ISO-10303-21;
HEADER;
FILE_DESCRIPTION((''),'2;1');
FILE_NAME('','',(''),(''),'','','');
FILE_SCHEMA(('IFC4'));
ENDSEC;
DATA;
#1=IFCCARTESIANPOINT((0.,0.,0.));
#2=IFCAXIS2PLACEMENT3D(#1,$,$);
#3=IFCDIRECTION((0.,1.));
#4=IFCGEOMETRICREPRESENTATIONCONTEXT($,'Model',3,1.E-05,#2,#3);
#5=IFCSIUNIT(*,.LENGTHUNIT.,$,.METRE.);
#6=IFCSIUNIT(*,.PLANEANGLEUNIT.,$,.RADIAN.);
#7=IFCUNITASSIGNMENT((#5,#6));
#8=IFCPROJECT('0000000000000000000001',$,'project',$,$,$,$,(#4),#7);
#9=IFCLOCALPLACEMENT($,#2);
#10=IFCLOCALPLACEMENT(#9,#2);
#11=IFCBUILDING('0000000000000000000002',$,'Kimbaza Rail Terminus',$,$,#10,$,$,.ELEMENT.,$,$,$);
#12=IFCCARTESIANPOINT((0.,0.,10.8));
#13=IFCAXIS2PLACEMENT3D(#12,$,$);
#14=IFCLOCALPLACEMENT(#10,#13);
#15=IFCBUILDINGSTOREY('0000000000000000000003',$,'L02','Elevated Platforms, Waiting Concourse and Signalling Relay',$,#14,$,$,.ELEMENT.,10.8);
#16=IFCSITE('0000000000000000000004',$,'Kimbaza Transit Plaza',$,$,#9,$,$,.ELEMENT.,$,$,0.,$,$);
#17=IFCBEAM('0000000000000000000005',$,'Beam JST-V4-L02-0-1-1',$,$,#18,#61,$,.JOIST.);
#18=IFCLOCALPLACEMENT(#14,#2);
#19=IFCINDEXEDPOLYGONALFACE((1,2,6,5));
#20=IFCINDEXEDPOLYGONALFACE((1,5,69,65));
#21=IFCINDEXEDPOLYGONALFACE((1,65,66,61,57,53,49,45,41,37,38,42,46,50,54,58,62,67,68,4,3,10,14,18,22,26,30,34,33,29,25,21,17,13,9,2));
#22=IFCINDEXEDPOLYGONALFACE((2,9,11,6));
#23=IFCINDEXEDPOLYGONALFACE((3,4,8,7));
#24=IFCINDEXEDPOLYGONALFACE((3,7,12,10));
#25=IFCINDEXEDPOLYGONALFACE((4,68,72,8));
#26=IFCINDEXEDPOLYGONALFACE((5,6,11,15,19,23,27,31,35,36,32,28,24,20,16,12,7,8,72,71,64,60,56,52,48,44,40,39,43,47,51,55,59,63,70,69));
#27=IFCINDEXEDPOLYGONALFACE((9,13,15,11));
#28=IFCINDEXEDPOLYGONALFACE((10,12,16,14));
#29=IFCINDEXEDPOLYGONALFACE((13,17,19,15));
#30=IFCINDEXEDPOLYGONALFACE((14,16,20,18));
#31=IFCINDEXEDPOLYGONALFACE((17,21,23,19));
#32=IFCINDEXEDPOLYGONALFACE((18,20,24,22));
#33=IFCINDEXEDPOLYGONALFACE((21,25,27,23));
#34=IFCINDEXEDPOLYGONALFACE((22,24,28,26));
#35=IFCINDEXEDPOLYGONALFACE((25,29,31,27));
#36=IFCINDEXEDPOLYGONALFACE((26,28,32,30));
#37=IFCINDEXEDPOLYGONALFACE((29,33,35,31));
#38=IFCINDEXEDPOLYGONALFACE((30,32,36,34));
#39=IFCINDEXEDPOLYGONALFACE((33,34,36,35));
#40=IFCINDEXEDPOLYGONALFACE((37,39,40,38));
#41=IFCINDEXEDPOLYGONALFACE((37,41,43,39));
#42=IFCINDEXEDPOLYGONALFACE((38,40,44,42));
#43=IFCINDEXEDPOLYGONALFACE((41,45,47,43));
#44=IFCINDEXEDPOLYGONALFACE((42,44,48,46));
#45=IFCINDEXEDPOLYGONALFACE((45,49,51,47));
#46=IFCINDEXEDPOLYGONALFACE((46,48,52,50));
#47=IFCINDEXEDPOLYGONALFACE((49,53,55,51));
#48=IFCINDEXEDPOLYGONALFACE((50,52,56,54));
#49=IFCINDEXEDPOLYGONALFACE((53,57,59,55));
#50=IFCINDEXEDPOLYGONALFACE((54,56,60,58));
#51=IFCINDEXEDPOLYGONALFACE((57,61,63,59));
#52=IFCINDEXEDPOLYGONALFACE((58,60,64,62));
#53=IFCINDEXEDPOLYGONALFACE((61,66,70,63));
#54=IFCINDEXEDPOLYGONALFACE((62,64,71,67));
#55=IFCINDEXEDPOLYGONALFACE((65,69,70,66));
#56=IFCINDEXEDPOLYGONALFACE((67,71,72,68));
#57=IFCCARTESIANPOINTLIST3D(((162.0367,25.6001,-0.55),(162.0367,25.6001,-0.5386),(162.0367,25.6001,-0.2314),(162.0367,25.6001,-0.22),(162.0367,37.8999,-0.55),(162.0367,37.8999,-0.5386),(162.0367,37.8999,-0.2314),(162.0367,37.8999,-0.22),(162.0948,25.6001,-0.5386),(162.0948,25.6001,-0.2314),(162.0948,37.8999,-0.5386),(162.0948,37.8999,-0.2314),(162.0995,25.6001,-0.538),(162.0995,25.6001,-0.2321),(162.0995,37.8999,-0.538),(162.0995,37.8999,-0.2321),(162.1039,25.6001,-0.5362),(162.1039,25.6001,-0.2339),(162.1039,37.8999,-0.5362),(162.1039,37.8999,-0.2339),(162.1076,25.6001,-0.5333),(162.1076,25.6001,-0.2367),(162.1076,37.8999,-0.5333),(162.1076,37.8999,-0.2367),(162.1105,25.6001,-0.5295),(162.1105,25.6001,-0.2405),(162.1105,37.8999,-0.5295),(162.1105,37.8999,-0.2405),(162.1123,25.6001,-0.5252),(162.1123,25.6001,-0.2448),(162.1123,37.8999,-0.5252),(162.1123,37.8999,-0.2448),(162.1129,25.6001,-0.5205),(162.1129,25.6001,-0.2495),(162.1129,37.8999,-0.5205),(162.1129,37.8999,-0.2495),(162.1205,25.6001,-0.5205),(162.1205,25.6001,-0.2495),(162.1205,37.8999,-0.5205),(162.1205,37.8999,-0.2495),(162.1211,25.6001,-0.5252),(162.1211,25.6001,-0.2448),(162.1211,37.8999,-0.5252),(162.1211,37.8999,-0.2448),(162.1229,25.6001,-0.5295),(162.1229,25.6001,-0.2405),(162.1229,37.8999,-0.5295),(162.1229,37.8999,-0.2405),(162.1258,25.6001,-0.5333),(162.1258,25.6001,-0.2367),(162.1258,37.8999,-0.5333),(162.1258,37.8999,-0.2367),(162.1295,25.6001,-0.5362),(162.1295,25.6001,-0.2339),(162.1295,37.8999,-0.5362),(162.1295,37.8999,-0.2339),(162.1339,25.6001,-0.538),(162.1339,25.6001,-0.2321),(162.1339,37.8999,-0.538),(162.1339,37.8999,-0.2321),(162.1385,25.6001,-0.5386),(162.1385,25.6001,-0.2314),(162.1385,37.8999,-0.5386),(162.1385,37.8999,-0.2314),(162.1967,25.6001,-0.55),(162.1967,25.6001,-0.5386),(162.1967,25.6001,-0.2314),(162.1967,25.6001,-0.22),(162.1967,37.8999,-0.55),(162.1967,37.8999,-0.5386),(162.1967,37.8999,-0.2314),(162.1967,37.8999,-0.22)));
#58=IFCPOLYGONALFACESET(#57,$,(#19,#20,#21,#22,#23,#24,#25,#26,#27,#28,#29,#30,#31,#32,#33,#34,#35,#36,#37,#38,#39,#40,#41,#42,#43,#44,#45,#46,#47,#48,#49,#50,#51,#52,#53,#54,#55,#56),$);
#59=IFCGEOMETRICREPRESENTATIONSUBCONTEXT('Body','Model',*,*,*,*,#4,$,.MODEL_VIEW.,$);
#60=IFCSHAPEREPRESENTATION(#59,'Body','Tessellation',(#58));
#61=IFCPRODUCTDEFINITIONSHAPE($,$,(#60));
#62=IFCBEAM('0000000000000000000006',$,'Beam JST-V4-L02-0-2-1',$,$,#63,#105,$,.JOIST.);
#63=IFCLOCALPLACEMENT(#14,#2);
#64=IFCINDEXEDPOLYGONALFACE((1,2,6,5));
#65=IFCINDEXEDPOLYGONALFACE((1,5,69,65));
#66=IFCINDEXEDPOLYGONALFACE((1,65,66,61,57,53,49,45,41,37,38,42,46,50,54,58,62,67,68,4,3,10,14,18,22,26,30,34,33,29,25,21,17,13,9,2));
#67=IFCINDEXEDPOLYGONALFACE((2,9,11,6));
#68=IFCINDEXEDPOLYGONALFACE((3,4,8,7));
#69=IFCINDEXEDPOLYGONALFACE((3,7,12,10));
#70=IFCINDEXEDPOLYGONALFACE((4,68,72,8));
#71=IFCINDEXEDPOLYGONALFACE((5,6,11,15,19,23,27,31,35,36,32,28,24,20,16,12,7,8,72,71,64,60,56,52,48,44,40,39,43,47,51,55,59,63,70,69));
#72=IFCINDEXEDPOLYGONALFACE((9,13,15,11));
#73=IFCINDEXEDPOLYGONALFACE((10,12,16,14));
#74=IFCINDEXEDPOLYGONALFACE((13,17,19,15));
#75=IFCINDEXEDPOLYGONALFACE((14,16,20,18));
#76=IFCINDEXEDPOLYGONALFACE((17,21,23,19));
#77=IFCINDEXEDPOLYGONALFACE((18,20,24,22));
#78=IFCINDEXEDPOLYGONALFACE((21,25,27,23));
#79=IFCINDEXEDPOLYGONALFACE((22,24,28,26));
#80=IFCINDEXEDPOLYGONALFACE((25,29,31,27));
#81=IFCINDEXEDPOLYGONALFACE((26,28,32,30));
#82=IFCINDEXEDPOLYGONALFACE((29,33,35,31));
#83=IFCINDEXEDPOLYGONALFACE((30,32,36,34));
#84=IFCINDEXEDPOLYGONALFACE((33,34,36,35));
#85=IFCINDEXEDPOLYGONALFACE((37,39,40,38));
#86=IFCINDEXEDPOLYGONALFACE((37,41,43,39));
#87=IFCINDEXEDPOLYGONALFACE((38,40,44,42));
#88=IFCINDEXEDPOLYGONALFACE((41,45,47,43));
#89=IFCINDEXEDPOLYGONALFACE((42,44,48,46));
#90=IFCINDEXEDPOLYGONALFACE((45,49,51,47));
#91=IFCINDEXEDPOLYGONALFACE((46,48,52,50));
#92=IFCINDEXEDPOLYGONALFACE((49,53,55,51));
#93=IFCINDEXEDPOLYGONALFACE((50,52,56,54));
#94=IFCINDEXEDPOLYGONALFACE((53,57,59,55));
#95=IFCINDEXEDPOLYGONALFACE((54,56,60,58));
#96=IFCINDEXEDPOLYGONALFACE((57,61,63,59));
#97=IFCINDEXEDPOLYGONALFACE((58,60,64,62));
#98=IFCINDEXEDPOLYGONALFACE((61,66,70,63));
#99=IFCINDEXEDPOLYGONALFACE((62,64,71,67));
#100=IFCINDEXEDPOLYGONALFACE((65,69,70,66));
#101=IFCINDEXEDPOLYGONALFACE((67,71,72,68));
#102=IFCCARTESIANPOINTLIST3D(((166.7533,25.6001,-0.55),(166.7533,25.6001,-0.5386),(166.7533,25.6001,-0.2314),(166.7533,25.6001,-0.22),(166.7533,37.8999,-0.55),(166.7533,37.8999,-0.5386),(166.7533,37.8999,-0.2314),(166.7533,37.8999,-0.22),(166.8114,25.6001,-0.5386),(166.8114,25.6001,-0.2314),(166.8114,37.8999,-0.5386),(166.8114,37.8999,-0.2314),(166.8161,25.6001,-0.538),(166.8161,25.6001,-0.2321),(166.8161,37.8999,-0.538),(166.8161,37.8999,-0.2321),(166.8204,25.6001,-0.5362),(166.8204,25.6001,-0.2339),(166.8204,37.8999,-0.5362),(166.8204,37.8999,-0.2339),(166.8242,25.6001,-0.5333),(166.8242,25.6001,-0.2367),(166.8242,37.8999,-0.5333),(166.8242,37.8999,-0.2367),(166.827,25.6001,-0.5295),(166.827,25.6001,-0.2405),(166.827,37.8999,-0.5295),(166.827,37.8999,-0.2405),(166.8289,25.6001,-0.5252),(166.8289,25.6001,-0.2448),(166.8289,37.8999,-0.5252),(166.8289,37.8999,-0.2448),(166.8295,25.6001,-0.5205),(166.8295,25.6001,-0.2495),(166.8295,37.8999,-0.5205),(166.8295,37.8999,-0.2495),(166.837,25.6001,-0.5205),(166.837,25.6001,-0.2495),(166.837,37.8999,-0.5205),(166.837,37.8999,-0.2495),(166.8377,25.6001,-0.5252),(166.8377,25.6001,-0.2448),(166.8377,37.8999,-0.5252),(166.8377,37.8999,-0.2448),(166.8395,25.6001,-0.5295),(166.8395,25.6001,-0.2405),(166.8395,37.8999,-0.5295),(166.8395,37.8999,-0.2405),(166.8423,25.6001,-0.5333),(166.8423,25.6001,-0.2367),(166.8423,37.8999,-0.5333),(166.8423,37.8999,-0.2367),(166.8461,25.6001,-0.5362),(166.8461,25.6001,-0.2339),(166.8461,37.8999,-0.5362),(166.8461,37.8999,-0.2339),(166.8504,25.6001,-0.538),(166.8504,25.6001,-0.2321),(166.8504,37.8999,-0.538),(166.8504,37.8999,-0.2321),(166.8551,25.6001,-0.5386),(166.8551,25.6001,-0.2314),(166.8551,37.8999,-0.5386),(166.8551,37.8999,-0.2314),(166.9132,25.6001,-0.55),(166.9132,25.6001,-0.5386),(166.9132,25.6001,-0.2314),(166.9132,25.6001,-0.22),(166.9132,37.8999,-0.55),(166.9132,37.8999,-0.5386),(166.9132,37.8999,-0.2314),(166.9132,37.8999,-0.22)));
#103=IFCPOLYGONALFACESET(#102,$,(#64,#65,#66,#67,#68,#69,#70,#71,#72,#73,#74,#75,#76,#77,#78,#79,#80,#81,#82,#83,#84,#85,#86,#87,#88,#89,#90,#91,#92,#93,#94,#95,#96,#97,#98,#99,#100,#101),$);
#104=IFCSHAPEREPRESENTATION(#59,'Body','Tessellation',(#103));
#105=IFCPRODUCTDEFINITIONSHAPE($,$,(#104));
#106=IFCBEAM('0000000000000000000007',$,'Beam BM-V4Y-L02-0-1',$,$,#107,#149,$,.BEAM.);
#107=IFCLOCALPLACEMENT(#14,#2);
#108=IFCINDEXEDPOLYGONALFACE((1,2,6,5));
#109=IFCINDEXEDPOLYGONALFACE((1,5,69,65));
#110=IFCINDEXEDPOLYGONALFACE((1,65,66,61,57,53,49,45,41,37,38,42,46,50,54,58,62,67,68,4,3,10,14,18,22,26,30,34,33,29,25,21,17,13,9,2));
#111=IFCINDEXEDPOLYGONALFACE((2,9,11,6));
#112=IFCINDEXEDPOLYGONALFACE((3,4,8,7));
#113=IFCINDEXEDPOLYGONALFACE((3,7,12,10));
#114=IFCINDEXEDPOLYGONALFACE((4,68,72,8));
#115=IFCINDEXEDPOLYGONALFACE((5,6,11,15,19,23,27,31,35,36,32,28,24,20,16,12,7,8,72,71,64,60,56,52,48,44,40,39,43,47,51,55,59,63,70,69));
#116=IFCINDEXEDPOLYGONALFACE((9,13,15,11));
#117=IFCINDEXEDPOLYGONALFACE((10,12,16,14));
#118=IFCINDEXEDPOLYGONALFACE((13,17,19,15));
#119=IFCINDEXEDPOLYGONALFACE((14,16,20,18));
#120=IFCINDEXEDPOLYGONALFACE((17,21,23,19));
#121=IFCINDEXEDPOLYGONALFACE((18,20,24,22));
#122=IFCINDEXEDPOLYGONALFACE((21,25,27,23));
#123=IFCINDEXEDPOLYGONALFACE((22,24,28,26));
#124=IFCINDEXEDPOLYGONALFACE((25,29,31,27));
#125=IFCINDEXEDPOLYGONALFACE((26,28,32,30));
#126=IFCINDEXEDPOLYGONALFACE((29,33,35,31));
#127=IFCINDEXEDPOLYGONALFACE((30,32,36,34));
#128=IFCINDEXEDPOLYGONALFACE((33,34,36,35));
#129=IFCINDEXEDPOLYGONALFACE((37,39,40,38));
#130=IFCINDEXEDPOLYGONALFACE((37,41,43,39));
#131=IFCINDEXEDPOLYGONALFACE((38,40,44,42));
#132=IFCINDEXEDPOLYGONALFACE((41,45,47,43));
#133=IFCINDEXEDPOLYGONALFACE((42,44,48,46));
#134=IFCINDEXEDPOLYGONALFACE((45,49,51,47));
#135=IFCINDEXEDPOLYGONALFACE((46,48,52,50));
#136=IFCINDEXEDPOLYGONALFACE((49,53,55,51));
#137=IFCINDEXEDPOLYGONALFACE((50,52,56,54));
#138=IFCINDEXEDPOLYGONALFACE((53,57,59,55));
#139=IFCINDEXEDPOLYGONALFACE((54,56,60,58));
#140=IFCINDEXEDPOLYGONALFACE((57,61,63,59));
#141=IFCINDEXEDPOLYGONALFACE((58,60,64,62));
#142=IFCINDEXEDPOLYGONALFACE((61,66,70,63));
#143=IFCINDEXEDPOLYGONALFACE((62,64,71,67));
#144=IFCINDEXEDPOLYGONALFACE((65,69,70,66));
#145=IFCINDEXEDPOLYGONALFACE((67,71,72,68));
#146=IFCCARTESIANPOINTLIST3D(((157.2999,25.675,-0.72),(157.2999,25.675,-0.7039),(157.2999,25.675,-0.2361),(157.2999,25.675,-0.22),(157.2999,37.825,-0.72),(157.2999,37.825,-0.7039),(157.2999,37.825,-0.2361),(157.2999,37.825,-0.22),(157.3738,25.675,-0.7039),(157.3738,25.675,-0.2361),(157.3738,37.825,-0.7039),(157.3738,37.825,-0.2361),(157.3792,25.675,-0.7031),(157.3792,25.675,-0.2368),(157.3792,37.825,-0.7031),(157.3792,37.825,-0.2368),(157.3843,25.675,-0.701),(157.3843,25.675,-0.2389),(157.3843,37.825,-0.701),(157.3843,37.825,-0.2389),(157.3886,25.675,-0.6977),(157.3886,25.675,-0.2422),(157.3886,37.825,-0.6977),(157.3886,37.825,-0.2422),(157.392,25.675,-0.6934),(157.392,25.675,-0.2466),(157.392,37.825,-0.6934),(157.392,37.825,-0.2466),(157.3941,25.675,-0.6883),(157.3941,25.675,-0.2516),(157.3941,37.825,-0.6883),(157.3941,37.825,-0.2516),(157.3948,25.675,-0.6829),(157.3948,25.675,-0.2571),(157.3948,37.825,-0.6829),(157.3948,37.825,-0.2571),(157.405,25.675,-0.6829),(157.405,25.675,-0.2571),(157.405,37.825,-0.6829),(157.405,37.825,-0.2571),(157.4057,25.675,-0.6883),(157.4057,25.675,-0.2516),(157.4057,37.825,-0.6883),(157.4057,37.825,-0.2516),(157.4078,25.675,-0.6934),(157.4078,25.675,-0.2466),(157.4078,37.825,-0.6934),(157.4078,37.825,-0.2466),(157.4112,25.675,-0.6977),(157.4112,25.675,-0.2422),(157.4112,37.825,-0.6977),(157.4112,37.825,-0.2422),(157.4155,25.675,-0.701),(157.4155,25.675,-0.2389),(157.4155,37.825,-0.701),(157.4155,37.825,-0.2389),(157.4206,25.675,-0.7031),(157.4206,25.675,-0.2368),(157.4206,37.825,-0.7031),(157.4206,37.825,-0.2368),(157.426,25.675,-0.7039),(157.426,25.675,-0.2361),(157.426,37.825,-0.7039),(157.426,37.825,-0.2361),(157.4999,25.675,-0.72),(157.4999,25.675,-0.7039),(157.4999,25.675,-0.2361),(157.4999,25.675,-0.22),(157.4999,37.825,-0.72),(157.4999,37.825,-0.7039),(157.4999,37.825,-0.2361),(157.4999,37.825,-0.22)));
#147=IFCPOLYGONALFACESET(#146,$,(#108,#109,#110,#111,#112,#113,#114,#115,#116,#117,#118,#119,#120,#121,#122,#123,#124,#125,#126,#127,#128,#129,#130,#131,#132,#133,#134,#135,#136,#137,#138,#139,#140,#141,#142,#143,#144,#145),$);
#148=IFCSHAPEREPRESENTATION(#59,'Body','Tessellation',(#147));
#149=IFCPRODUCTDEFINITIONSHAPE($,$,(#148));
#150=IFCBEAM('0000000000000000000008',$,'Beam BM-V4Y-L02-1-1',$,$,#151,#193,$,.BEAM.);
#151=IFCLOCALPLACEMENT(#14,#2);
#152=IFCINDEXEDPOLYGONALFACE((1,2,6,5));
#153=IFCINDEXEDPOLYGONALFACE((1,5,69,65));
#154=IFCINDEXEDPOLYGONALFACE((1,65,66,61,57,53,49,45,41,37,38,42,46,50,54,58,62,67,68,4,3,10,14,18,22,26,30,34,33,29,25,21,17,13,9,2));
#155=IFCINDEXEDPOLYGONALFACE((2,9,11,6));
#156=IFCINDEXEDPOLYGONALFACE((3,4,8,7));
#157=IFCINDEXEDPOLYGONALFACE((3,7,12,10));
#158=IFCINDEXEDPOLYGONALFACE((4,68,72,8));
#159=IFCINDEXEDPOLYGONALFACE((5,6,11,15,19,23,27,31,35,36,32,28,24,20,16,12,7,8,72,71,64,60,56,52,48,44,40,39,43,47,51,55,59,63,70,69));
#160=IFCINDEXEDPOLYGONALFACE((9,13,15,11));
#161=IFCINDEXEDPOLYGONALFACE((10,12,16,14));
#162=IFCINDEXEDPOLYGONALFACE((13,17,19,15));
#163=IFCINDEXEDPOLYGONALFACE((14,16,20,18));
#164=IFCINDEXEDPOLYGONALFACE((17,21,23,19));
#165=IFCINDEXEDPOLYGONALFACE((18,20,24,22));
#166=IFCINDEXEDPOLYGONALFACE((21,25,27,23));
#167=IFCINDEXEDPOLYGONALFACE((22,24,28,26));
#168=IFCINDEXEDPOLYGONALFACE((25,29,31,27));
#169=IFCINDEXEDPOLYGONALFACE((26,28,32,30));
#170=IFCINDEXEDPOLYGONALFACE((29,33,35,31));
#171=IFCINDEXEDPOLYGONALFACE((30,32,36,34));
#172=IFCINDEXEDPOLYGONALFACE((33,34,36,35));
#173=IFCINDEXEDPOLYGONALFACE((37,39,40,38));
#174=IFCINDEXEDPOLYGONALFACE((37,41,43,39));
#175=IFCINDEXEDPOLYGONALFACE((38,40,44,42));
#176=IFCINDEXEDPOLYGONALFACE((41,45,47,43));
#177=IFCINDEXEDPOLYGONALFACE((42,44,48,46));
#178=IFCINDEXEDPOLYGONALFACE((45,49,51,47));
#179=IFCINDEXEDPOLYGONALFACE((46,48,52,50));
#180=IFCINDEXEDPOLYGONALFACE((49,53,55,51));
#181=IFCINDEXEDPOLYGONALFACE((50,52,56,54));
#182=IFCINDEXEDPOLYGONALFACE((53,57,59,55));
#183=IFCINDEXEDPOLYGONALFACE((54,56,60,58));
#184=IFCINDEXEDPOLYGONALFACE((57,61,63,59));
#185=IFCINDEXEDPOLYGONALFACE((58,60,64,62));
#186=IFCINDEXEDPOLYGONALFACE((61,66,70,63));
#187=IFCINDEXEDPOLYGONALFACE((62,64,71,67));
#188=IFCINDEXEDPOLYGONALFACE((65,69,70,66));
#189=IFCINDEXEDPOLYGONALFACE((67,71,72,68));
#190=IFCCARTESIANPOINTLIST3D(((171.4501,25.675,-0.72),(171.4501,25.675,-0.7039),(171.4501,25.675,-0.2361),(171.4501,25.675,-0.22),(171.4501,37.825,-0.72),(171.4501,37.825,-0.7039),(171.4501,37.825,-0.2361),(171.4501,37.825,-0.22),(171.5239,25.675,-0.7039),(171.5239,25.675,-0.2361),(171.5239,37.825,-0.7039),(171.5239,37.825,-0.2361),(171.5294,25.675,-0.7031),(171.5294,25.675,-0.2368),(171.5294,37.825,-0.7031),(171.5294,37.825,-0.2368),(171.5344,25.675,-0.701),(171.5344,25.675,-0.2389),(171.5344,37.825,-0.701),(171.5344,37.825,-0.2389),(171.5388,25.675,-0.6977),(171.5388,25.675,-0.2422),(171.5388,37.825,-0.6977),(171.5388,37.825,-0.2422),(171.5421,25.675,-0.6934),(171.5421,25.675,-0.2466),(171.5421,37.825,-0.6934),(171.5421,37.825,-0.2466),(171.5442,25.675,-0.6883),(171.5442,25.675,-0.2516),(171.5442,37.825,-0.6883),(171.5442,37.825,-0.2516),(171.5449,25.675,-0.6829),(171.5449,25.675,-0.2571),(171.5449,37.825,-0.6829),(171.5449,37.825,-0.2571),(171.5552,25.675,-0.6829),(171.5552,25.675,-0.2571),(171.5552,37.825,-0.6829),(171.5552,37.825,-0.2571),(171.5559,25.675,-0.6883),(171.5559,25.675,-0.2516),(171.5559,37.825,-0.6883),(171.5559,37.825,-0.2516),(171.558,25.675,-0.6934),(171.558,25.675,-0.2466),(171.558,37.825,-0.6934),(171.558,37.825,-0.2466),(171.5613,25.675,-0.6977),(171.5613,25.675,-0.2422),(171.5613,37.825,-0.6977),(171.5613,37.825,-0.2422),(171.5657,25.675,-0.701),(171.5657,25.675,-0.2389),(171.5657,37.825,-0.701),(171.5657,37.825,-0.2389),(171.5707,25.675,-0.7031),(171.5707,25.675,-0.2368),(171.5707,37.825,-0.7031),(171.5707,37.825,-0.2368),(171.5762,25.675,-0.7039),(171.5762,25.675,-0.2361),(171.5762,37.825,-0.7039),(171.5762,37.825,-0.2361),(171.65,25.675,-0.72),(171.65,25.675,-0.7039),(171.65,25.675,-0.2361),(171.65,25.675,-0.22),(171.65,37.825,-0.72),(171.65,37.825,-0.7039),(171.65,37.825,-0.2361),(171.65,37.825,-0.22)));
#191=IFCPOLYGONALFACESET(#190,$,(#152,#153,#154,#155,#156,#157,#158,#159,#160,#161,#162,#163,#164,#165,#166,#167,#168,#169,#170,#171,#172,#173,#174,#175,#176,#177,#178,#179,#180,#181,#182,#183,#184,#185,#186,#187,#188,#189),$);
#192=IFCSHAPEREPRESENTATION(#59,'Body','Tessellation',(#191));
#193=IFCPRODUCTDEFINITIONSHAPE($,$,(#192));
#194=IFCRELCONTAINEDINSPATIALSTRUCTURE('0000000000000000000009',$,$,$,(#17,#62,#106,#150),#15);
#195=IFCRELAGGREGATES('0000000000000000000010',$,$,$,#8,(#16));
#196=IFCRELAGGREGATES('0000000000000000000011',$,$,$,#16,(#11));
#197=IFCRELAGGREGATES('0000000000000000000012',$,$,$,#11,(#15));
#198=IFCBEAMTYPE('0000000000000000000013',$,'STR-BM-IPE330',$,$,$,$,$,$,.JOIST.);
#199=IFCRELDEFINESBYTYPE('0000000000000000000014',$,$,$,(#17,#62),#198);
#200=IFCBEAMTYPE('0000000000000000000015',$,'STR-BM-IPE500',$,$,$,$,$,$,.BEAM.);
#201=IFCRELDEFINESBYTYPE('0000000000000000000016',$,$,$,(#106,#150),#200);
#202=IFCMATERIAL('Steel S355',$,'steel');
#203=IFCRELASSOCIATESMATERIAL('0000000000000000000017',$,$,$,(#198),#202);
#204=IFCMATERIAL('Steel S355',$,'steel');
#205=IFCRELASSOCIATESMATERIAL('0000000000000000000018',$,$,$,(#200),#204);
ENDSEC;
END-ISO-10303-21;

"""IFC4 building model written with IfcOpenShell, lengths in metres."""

from ifc_helpers import new_model, si_unit, direction, frame, origin, origin_2d, place, context, subcontext, project, spatial, i_section, extrude, material, material_profile, profile_set, type_object, element, save


model = new_model("IFC4")

# Units and contexts
model_context = context("Model", 3, precision=1e-05, world=origin(), true_north=direction((0.0, 1.0)))
body_context = subcontext(model_context, "Body", "Model", "MODEL_VIEW")
ifc_project = project(units=[si_unit("LENGTHUNIT", "METRE"), si_unit("PLANEANGLEUNIT", "RADIAN")], contexts=[model_context])

# Site, building, storey
site_placement = place(None, origin())
site = spatial("IfcSite", under=ifc_project, at=site_placement, Name="Kimbaza Transit Plaza", CompositionType="ELEMENT", RefElevation=0.0)
building_placement = place(site_placement, origin())
building = spatial("IfcBuilding", under=site, at=building_placement, Name="Kimbaza Rail Terminus", CompositionType="ELEMENT")
storey_placement = place(building_placement, frame((0.0, 0.0, 10.8)))
storey = spatial("IfcBuildingStorey", under=building, at=storey_placement, Name="L02", Description="Elevated Platforms, Waiting Concourse and Signalling Relay", CompositionType="ELEMENT", Elevation=10.8)

# Beams
ifc_material_1 = material(Name="Steel S355", Category="steel")
ifc_material_profile_1 = material_profile(ifc_material_1, i_section(OverallWidth=0.1599, OverallDepth=0.3301, WebThickness=0.0076, FlangeThickness=0.0115, FilletRadius=0.0181, at=origin_2d()), Name="IPE 330")
ifc_profile_set_1 = profile_set([ifc_material_profile_1], Name="Steel S355")
beam_type_1 = type_object("IfcBeamType", Name="STR-BM-IPE330", PredefinedType="JOIST", material=ifc_profile_set_1)
for number, where, z_axis, x_axis, name in (
    (1, (162.1167, 25.6001, -0.385), (0.0, 1.0, 0.0), (-1.0, 0.0, 0.0), "Beam JST-V4-L02-0-1-1"),
    (2, (166.8333, 25.6001, -0.385), (0.0, 1.0, 0.0), (-1.0, 0.0, 0.0), "Beam JST-V4-L02-0-2-1"),
):
    element("IfcBeam", number, at=place(storey_placement, frame(where, z_axis=z_axis, x_axis=x_axis)), inside=storey, type_object=beam_type_1, Name=name, PredefinedType="JOIST", context=body_context, shape_type="SweptSolid", body=[
        extrude(i_section(OverallWidth=0.1599, OverallDepth=0.3301, WebThickness=0.0076, FlangeThickness=0.0115, FilletRadius=0.0181, at=origin_2d()), origin(), (0.0, 0.0, 1.0), 12.2998),
    ])
ifc_material_2 = material(Name="Steel S355", Category="steel")
ifc_material_profile_2 = material_profile(ifc_material_2, i_section(OverallWidth=0.2, OverallDepth=0.5, WebThickness=0.0103, FlangeThickness=0.0161, FilletRadius=0.021, at=origin_2d()), Name="IPE 500")
ifc_profile_set_2 = profile_set([ifc_material_profile_2], Name="Steel S355")
beam_type_2 = type_object("IfcBeamType", Name="STR-BM-IPE500", PredefinedType="BEAM", material=ifc_profile_set_2)
for number, where, z_axis, x_axis, name in (
    (3, (157.3999, 25.675, -0.47), (0.0, 1.0, 0.0), (-1.0, 0.0, 0.0), "Beam BM-V4Y-L02-0-1"),
    (4, (171.55, 25.675, -0.47), (0.0, 1.0, 0.0), (-1.0, 0.0, 0.0), "Beam BM-V4Y-L02-1-1"),
):
    element("IfcBeam", number, at=place(storey_placement, frame(where, z_axis=z_axis, x_axis=x_axis)), inside=storey, type_object=beam_type_2, Name=name, PredefinedType="BEAM", context=body_context, shape_type="SweptSolid", body=[
        extrude(i_section(OverallWidth=0.2, OverallDepth=0.5, WebThickness=0.0103, FlangeThickness=0.0161, FilletRadius=0.021, at=origin_2d()), origin(), (0.0, 0.0, 1.0), 12.1499),
    ])

save(model, "model.ifc")
